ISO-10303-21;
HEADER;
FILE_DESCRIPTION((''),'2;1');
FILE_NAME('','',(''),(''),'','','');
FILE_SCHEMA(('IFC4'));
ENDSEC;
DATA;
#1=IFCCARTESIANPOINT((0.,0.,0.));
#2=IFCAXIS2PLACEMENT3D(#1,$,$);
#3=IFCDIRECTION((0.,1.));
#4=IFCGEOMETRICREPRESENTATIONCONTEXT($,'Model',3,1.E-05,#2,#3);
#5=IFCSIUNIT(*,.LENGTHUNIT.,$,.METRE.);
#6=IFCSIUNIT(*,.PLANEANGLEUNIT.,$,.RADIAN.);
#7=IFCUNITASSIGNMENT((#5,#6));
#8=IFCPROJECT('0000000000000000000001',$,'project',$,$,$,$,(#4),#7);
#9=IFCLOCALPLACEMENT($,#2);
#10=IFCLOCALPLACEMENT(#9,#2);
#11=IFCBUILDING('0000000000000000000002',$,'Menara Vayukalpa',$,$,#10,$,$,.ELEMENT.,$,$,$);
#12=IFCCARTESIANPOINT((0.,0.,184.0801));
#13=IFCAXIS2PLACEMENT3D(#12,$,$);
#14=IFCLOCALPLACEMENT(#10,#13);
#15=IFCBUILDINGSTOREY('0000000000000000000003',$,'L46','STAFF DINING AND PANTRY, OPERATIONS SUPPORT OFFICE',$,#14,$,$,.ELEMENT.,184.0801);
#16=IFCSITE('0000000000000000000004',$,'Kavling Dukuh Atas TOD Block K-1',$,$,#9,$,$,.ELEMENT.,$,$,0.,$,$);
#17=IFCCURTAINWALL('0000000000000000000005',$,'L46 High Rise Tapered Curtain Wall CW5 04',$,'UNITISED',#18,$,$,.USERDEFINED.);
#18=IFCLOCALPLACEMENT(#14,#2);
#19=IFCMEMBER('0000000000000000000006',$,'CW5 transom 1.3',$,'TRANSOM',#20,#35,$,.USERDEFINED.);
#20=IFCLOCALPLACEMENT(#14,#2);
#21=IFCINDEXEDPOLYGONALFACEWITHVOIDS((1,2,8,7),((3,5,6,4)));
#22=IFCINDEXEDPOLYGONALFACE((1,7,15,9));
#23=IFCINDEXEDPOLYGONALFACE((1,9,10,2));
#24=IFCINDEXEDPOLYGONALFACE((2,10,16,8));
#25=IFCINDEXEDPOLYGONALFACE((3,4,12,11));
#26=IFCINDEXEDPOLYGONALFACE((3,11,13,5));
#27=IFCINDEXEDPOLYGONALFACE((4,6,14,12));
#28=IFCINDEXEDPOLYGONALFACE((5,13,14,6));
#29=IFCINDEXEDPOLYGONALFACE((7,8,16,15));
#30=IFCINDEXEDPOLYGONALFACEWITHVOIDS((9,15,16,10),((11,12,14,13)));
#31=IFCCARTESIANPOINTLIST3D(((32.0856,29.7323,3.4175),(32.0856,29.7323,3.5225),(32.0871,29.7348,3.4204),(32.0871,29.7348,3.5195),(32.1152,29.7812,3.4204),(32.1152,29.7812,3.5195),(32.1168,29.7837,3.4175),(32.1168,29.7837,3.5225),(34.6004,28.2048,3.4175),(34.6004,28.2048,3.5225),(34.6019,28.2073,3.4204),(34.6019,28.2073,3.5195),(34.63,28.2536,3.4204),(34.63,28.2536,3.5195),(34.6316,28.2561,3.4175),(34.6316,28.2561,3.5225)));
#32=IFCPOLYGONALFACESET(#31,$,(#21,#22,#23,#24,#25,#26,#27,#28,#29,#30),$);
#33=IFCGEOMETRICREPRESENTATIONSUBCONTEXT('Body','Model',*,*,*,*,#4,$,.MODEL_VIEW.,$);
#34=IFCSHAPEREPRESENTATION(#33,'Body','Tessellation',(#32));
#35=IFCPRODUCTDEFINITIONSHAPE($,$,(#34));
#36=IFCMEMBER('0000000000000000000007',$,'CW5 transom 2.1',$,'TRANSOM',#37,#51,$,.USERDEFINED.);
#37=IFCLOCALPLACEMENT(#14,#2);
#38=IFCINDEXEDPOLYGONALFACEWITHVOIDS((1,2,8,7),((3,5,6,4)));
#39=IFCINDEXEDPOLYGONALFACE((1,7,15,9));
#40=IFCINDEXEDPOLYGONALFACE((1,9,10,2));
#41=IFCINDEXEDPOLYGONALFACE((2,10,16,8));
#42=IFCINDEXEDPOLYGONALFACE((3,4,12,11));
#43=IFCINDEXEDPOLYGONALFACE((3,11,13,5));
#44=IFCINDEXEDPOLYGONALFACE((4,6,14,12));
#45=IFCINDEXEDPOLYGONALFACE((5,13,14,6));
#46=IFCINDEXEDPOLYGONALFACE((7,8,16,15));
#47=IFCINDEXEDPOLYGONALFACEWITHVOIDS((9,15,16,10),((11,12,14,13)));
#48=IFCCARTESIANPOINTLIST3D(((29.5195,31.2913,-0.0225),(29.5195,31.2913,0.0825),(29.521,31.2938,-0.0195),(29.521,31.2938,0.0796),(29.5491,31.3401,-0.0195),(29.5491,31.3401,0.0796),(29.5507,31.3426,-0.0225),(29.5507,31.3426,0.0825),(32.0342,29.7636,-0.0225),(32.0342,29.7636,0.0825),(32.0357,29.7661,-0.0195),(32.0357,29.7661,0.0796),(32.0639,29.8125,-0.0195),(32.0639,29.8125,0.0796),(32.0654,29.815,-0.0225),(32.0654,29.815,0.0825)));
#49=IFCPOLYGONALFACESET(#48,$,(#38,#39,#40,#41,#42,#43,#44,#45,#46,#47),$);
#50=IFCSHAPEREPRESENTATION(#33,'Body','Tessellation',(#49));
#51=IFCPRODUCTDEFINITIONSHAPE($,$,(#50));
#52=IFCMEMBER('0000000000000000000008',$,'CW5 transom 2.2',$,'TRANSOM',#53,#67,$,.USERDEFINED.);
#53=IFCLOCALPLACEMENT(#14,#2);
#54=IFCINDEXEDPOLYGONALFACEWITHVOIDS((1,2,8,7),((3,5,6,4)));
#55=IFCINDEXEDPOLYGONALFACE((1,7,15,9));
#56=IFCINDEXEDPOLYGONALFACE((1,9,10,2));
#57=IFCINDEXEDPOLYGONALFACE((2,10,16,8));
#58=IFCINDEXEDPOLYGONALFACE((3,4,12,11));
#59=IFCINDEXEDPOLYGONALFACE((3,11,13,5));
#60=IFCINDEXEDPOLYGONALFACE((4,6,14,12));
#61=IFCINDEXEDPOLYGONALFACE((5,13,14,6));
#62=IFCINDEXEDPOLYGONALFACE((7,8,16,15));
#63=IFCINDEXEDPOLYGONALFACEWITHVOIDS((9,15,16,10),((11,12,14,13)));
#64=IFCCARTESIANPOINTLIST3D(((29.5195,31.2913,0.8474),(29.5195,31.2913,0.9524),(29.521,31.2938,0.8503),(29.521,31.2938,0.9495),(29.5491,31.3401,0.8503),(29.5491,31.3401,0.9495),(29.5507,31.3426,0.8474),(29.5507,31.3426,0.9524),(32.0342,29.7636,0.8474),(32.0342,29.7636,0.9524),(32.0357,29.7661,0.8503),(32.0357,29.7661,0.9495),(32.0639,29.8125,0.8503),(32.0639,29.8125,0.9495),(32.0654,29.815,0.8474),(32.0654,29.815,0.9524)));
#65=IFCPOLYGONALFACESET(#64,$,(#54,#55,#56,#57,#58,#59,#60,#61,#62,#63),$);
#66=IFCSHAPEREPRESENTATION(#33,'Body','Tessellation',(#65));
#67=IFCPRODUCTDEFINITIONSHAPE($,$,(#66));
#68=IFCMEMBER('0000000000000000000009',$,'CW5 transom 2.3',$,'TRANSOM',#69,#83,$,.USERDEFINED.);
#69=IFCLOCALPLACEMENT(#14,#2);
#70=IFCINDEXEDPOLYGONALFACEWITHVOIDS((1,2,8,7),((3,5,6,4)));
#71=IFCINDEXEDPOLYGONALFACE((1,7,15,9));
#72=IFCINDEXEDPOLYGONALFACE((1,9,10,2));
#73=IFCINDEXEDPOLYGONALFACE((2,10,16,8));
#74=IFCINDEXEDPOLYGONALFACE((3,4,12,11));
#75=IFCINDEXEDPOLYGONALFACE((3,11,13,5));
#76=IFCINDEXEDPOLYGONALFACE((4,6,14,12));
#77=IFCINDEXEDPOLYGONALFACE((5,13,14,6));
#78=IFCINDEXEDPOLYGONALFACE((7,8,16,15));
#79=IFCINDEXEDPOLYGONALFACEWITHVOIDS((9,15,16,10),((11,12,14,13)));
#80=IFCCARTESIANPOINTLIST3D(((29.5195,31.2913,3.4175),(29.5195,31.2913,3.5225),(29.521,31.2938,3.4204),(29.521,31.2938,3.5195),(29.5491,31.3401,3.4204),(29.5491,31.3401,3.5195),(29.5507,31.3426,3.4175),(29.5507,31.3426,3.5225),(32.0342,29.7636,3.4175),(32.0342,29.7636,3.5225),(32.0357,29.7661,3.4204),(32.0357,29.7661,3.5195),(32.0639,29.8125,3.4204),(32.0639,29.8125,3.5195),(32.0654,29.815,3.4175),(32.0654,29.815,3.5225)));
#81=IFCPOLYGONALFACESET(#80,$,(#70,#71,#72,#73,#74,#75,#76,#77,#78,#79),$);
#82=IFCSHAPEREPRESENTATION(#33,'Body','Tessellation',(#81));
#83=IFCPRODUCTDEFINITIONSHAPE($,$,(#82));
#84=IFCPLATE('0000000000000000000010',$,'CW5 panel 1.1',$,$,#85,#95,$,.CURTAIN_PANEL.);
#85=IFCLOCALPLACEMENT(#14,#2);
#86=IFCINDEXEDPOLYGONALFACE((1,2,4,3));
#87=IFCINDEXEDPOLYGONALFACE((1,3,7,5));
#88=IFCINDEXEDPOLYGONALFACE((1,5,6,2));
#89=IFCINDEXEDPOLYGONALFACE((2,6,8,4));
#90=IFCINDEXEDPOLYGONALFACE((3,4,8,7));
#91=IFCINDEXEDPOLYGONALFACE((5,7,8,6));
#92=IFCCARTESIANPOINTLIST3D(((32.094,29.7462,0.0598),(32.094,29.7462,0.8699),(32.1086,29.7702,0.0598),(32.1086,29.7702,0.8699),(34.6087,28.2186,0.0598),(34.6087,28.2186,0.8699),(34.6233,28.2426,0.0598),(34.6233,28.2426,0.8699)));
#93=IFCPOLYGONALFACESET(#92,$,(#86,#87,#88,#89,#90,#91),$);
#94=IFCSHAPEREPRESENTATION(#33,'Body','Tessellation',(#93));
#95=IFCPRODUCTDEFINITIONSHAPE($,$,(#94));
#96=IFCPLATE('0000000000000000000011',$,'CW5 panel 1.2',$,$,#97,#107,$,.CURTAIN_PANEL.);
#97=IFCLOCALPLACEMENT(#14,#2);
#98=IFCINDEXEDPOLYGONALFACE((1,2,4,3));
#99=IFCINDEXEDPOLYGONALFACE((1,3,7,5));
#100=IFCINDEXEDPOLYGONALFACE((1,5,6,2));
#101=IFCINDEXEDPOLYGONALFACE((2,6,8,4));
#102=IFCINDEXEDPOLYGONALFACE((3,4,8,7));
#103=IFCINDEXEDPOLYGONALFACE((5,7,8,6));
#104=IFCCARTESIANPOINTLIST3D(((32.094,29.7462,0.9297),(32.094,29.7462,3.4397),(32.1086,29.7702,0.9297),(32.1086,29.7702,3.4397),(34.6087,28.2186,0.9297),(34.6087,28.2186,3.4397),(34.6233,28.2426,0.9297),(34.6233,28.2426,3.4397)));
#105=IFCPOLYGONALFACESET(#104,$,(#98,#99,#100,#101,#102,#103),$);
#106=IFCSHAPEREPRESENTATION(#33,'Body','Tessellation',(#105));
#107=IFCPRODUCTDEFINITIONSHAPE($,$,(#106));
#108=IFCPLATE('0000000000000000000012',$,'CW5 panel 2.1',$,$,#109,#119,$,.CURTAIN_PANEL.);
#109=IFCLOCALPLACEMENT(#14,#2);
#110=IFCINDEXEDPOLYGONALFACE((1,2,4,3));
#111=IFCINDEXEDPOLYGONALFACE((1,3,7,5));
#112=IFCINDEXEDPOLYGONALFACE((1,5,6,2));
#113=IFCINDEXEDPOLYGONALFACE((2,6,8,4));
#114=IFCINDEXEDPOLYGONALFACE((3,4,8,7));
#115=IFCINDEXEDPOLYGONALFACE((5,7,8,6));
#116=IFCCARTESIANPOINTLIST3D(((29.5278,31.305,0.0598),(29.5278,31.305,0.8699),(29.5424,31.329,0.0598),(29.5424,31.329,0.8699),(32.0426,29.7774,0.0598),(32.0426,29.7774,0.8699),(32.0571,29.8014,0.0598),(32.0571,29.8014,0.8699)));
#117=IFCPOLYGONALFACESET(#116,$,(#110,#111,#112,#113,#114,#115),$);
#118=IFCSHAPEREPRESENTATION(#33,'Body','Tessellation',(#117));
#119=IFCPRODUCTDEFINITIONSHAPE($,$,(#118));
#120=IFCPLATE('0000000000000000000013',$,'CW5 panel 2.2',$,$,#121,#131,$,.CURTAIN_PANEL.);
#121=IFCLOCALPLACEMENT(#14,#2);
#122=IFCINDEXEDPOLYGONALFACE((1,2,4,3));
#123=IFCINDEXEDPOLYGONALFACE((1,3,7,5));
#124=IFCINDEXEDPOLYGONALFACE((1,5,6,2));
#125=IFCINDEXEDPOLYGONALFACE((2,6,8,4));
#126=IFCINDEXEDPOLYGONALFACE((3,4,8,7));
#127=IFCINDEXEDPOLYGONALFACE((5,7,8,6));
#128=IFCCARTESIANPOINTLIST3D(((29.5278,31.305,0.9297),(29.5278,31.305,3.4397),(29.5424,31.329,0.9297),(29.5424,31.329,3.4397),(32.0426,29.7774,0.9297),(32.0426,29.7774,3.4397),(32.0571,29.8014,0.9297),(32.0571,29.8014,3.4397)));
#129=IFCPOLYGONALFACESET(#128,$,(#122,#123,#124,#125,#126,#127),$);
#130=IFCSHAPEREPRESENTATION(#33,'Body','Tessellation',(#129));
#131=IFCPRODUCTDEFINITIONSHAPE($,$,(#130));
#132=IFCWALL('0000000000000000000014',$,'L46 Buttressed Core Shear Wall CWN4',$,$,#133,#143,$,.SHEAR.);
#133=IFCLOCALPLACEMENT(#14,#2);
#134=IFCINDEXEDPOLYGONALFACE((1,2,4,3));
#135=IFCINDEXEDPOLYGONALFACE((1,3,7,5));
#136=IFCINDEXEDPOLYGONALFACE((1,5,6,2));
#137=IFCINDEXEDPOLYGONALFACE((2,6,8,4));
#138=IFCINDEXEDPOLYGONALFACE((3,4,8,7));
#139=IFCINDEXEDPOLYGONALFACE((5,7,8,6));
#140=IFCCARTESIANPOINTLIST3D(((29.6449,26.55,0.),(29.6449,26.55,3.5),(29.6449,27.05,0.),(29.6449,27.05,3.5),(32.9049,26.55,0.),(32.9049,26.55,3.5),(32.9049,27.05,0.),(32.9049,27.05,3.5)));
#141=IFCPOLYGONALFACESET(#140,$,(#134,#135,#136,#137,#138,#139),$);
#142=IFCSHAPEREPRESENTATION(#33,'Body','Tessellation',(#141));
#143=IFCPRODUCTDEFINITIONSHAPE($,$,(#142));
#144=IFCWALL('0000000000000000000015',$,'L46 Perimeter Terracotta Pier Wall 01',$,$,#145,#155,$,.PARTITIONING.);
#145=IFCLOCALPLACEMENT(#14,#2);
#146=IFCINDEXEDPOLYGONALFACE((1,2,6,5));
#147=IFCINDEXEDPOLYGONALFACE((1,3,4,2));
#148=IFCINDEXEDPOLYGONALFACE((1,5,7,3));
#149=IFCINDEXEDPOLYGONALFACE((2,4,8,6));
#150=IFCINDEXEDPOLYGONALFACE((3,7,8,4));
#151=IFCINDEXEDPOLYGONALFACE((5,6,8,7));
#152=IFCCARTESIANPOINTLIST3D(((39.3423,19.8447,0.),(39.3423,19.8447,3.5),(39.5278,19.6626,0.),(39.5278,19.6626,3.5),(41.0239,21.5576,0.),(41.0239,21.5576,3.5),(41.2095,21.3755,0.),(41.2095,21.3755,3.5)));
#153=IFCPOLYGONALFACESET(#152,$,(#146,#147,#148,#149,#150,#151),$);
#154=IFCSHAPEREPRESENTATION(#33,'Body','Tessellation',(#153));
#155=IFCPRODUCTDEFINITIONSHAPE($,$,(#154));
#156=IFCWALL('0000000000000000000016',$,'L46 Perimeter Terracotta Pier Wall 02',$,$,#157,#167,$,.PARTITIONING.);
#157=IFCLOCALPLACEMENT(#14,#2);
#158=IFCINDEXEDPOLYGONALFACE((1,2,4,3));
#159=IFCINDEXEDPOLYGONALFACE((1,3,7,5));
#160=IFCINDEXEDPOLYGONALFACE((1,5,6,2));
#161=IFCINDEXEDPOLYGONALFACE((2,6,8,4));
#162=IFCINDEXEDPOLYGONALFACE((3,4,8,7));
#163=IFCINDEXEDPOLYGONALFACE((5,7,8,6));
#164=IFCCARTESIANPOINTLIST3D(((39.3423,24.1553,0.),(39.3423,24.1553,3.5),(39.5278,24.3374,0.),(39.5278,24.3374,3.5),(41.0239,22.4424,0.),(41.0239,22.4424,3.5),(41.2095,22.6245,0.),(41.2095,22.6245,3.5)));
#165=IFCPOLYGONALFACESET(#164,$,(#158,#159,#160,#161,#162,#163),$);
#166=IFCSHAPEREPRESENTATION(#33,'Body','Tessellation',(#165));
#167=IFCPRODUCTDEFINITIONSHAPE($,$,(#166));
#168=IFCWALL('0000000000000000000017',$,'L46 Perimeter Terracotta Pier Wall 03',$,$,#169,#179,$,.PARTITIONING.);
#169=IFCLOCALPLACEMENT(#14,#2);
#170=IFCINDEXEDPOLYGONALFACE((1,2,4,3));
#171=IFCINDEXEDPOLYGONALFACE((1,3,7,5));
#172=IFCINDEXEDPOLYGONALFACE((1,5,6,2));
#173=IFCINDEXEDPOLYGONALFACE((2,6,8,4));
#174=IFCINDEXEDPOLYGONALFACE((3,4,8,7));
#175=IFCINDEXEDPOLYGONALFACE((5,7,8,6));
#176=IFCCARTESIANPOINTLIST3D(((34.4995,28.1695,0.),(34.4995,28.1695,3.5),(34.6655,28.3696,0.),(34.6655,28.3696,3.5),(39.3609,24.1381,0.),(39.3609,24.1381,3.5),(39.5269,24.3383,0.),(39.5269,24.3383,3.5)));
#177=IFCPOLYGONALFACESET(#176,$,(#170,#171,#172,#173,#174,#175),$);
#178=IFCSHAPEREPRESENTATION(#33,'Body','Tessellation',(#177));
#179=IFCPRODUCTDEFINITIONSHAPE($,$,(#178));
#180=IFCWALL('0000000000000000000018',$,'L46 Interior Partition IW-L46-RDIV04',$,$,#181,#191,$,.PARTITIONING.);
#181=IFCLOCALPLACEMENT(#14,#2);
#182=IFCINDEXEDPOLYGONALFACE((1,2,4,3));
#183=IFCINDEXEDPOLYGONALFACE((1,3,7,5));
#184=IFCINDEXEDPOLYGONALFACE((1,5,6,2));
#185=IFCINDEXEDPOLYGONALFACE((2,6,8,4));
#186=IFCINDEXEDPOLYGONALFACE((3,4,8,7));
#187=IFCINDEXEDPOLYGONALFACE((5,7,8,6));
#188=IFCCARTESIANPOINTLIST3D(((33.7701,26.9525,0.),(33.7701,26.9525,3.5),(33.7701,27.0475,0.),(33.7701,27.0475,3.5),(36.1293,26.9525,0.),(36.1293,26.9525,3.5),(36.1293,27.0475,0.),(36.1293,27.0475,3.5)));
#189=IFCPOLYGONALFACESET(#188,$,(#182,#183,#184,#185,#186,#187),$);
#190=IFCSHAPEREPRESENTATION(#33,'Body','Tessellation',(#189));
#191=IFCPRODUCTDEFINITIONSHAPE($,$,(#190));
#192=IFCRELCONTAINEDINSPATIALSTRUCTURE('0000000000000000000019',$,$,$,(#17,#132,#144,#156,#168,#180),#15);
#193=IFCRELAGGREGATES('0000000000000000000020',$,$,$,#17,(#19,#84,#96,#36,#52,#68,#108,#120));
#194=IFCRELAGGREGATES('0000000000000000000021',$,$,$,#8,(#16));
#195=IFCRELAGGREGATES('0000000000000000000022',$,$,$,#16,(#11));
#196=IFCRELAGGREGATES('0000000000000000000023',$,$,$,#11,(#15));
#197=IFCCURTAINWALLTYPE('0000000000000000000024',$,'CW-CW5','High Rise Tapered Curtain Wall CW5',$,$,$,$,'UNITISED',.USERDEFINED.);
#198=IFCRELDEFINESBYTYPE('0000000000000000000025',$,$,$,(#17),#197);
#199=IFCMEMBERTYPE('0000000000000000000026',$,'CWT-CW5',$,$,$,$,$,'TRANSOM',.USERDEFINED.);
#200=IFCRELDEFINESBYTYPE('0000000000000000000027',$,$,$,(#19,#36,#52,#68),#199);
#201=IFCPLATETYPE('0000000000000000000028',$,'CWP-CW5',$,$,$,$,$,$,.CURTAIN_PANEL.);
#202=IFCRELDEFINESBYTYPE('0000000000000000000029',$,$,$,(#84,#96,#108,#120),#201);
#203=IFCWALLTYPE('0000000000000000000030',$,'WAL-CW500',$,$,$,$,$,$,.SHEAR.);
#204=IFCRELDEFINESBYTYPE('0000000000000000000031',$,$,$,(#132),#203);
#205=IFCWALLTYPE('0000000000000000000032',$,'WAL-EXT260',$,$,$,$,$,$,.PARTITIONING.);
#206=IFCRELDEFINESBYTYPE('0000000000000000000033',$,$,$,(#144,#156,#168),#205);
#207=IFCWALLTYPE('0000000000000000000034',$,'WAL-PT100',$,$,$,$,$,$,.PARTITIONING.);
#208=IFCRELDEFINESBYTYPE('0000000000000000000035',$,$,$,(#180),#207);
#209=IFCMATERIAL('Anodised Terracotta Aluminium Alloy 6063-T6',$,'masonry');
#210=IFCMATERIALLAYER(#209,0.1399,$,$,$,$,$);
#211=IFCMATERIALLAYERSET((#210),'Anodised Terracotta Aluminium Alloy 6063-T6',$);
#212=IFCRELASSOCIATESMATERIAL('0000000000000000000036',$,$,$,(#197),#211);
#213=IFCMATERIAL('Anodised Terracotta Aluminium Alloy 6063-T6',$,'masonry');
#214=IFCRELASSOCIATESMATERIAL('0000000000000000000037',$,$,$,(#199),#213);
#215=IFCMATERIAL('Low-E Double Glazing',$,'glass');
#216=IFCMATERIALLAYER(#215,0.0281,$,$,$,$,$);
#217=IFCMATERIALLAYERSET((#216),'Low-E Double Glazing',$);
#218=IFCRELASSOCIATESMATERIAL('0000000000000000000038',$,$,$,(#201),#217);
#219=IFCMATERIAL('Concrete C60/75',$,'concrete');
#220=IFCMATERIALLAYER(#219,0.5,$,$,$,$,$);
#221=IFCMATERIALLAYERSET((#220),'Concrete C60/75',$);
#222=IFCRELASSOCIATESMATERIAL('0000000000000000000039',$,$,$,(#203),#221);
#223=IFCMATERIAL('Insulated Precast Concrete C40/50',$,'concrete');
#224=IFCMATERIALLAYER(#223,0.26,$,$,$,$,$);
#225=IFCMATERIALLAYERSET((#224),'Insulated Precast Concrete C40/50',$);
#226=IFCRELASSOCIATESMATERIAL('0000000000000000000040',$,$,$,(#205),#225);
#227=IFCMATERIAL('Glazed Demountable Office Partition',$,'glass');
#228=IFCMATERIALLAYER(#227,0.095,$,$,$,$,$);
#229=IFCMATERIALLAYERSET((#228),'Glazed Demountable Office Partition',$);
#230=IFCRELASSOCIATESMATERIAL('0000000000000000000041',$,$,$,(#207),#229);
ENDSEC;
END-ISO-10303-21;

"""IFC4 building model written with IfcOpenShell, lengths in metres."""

from ifc_helpers import new_model, si_unit, direction, frame, frame_2d, origin, origin_2d, place, context, subcontext, project, spatial, rectangle, hollow_rectangle, extrude, material, layer, layer_set, material_profile, profile_set, type_object, element, aggregate, save


model = new_model("IFC4")

# Units and contexts
model_context = context("Model", 3, precision=1e-05, world=origin(), true_north=direction((0.0, 1.0)))
body_context = subcontext(model_context, "Body", "Model", "MODEL_VIEW")
ifc_project = project(units=[si_unit("LENGTHUNIT", "METRE"), si_unit("PLANEANGLEUNIT", "RADIAN")], contexts=[model_context])

# Site, building, storey
site_placement = place(None, origin())
site = spatial("IfcSite", under=ifc_project, at=site_placement, Name="Kavling Dukuh Atas TOD Block K-1", CompositionType="ELEMENT", RefElevation=0.0)
building_placement = place(site_placement, origin())
building = spatial("IfcBuilding", under=site, at=building_placement, Name="Menara Vayukalpa", CompositionType="ELEMENT")
storey_placement = place(building_placement, frame((0.0, 0.0, 184.0801)))
storey = spatial("IfcBuildingStorey", under=building, at=storey_placement, Name="L46", Description="STAFF DINING AND PANTRY, OPERATIONS SUPPORT OFFICE", CompositionType="ELEMENT", Elevation=184.0801)

# Curtain wall
ifc_material_1 = material(Name="Anodised Terracotta Aluminium Alloy 6063-T6", Category="masonry")
ifc_layer_1 = layer(ifc_material_1, 0.1399)
ifc_layer_set_1 = layer_set([ifc_layer_1], Name="Anodised Terracotta Aluminium Alloy 6063-T6")
curtain_wall_type = type_object("IfcCurtainWallType", Name="CW-CW5", Description="High Rise Tapered Curtain Wall CW5", ElementType="UNITISED", PredefinedType="USERDEFINED", material=ifc_layer_set_1)
curtain_wall_1_placement = place(storey_placement, origin())
curtain_wall_1 = element("IfcCurtainWall", 1, at=curtain_wall_1_placement, inside=storey, type_object=curtain_wall_type, Name="L46 High Rise Tapered Curtain Wall CW5 04", ObjectType="UNITISED", PredefinedType="USERDEFINED")

# Members
ifc_material_2 = material(Name="Anodised Terracotta Aluminium Alloy 6063-T6", Category="masonry")
ifc_material_profile_1 = material_profile(ifc_material_2, hollow_rectangle(XDim=0.0601, YDim=0.105, WallThickness=0.0029, at=origin_2d()), Name="ALU 60x105x3")
ifc_profile_set_1 = profile_set([ifc_material_profile_1], Name="Anodised Terracotta Aluminium Alloy 6063-T6")
member_type_1 = type_object("IfcMemberType", Name="CWT-CW5", ElementType="TRANSOM", PredefinedType="USERDEFINED", material=ifc_profile_set_1)
member_1_placement = place(storey_placement, frame((34.616, 28.2305, 3.47), z_axis=(-0.854684, 0.519149, 0.0), x_axis=(-0.519149, -0.854684, 0.0)))
member_1 = element("IfcMember", 2, at=member_1_placement, type_object=member_type_1, Name="CW5 transom 1.3", ObjectType="TRANSOM", PredefinedType="USERDEFINED", context=body_context, shape_type="SweptSolid", body=[
    extrude(hollow_rectangle(XDim=0.0601, YDim=0.105, WallThickness=0.0029, at=origin_2d()), origin(), (0.0, 0.0, 1.0), 2.9424),
])
member_2_placement = place(storey_placement, frame((32.0498, 29.7893, 0.03), z_axis=(-0.854661, 0.519186, 0.0), x_axis=(-0.519186, -0.854661, 0.0)))
member_2 = element("IfcMember", 3, at=member_2_placement, type_object=member_type_1, Name="CW5 transom 2.1", ObjectType="TRANSOM", PredefinedType="USERDEFINED", context=body_context, shape_type="SweptSolid", body=[
    extrude(hollow_rectangle(XDim=0.0601, YDim=0.105, WallThickness=0.0029, at=origin_2d()), origin(), (0.0, 0.0, 1.0), 2.9424),
])
member_3_placement = place(storey_placement, frame((32.0498, 29.7893, 0.8999), z_axis=(-0.854661, 0.519186, 0.0), x_axis=(-0.519186, -0.854661, 0.0)))
member_3 = element("IfcMember", 4, at=member_3_placement, type_object=member_type_1, Name="CW5 transom 2.2", ObjectType="TRANSOM", PredefinedType="USERDEFINED", context=body_context, shape_type="SweptSolid", body=[
    extrude(hollow_rectangle(XDim=0.0601, YDim=0.105, WallThickness=0.0029, at=origin_2d()), origin(), (0.0, 0.0, 1.0), 2.9424),
])
member_4_placement = place(storey_placement, frame((32.0498, 29.7893, 3.47), z_axis=(-0.854661, 0.519186, 0.0), x_axis=(-0.519186, -0.854661, 0.0)))
member_4 = element("IfcMember", 5, at=member_4_placement, type_object=member_type_1, Name="CW5 transom 2.3", ObjectType="TRANSOM", PredefinedType="USERDEFINED", context=body_context, shape_type="SweptSolid", body=[
    extrude(hollow_rectangle(XDim=0.0601, YDim=0.105, WallThickness=0.0029, at=origin_2d()), origin(), (0.0, 0.0, 1.0), 2.9424),
])

# Plates
ifc_material_3 = material(Name="Low-E Double Glazing", Category="glass")
ifc_layer_2 = layer(ifc_material_3, 0.0281)
ifc_layer_set_2 = layer_set([ifc_layer_2], Name="Low-E Double Glazing")
plate_type = type_object("IfcPlateType", Name="CWP-CW5", PredefinedType="CURTAIN_PANEL", material=ifc_layer_set_2)
plate_1_placement = place(storey_placement, frame((33.3586, 28.9944, 0.0598), z_axis=(0.0, 0.0, 1.0), x_axis=(-0.854665, 0.51918, 0.0)))
plate_1 = element("IfcPlate", 6, at=plate_1_placement, type_object=plate_type, Name="CW5 panel 1.1", PredefinedType="CURTAIN_PANEL", context=body_context, shape_type="SweptSolid", body=[
    extrude(rectangle(XDim=2.9424, YDim=0.0281, at=origin_2d()), origin(), (0.0, 0.0, 1.0), 0.8101),
])
plate_2_placement = place(storey_placement, frame((33.3586, 28.9944, 0.9297), z_axis=(0.0, 0.0, 1.0), x_axis=(-0.854665, 0.51918, 0.0)))
plate_2 = element("IfcPlate", 7, at=plate_2_placement, type_object=plate_type, Name="CW5 panel 1.2", PredefinedType="CURTAIN_PANEL", context=body_context, shape_type="SweptSolid", body=[
    extrude(rectangle(XDim=2.9424, YDim=0.0281, at=origin_2d()), origin(), (0.0, 0.0, 1.0), 2.51),
])
plate_3_placement = place(storey_placement, frame((30.7925, 30.5532, 0.0598), z_axis=(0.0, 0.0, 1.0), x_axis=(-0.854665, 0.51918, 0.0)))
plate_3 = element("IfcPlate", 8, at=plate_3_placement, type_object=plate_type, Name="CW5 panel 2.1", PredefinedType="CURTAIN_PANEL", context=body_context, shape_type="SweptSolid", body=[
    extrude(rectangle(XDim=2.9424, YDim=0.0281, at=origin_2d()), origin(), (0.0, 0.0, 1.0), 0.8101),
])
plate_4_placement = place(storey_placement, frame((30.7925, 30.5532, 0.9297), z_axis=(0.0, 0.0, 1.0), x_axis=(-0.854665, 0.51918, 0.0)))
plate_4 = element("IfcPlate", 9, at=plate_4_placement, type_object=plate_type, Name="CW5 panel 2.2", PredefinedType="CURTAIN_PANEL", context=body_context, shape_type="SweptSolid", body=[
    extrude(rectangle(XDim=2.9424, YDim=0.0281, at=origin_2d()), origin(), (0.0, 0.0, 1.0), 2.51),
])
aggregate(curtain_wall_1, [member_1, plate_1, plate_2, member_2, member_3, member_4, plate_3, plate_4])

# Walls
ifc_material_4 = material(Name="Concrete C60/75", Category="concrete")
ifc_layer_3 = layer(ifc_material_4, 0.5)
ifc_layer_set_3 = layer_set([ifc_layer_3], Name="Concrete C60/75")
wall_type_1 = type_object("IfcWallType", Name="WAL-CW500", PredefinedType="SHEAR", material=ifc_layer_set_3)
wall_1_placement = place(storey_placement, frame((29.645, 26.8, 0.0), z_axis=(0.0, 0.0, 1.0), x_axis=(1.0, 0.0, 0.0)))
element("IfcWall", 10, at=wall_1_placement, inside=storey, type_object=wall_type_1, Name="L46 Buttressed Core Shear Wall CWN4", PredefinedType="SHEAR", context=body_context, shape_type="SweptSolid", body=[
    extrude(rectangle(XDim=3.26, YDim=0.5, at=frame_2d((1.6299, 0.0))), origin(), (0.0, 0.0, 1.0), 3.5),
])
ifc_material_5 = material(Name="Insulated Precast Concrete C40/50", Category="concrete")
ifc_layer_4 = layer(ifc_material_5, 0.26)
ifc_layer_set_4 = layer_set([ifc_layer_4], Name="Insulated Precast Concrete C40/50")
wall_type_2 = type_object("IfcWallType", Name="WAL-EXT260", PredefinedType="PARTITIONING", material=ifc_layer_set_4)
for number, where, z_axis, x_axis, name in (
    (11, (41.1167, 21.4666, 0.0), (0.0, 0.0, 1.0), (-0.700567, -0.713586, 0.0), "L46 Perimeter Terracotta Pier Wall 01"),
    (12, (39.4351, 24.2463, 0.0), (0.0, 0.0, 1.0), (0.700567, -0.713586, 0.0), "L46 Perimeter Terracotta Pier Wall 02"),
):
    element("IfcWall", number, at=place(storey_placement, frame(where, z_axis=z_axis, x_axis=x_axis)), inside=storey, type_object=wall_type_2, Name=name, PredefinedType="PARTITIONING", context=body_context, shape_type="SweptSolid", body=[
        extrude(rectangle(XDim=2.4004, YDim=0.26, at=frame_2d((1.2002, 0.0))), origin(), (0.0, 0.0, 1.0), 3.5),
    ])
wall_2_placement = place(storey_placement, frame((34.5825, 28.2695, 0.0), z_axis=(0.0, 0.0, 1.0), x_axis=(0.769765, -0.638327, 0.0)))
element("IfcWall", 13, at=wall_2_placement, inside=storey, type_object=wall_type_2, Name="L46 Perimeter Terracotta Pier Wall 03", PredefinedType="PARTITIONING", context=body_context, shape_type="SweptSolid", body=[
    extrude(rectangle(XDim=6.3154, YDim=0.26, at=frame_2d((3.1577, 0.0))), origin(), (0.0, 0.0, 1.0), 3.5),
])
ifc_material_6 = material(Name="Glazed Demountable Office Partition", Category="glass")
ifc_layer_5 = layer(ifc_material_6, 0.095)
ifc_layer_set_5 = layer_set([ifc_layer_5], Name="Glazed Demountable Office Partition")
wall_type_3 = type_object("IfcWallType", Name="WAL-PT100", PredefinedType="PARTITIONING", material=ifc_layer_set_5)
wall_3_placement = place(storey_placement, frame((33.77, 27.0, 0.0), z_axis=(0.0, 0.0, 1.0), x_axis=(1.0, 0.0, 0.0)))
element("IfcWall", 14, at=wall_3_placement, inside=storey, type_object=wall_type_3, Name="L46 Interior Partition IW-L46-RDIV04", PredefinedType="PARTITIONING", context=body_context, shape_type="SweptSolid", body=[
    extrude(rectangle(XDim=2.3591, YDim=0.095, at=frame_2d((1.1797, 0.0))), origin(), (0.0, 0.0, 1.0), 3.5),
])

save(model, "model.ifc")
